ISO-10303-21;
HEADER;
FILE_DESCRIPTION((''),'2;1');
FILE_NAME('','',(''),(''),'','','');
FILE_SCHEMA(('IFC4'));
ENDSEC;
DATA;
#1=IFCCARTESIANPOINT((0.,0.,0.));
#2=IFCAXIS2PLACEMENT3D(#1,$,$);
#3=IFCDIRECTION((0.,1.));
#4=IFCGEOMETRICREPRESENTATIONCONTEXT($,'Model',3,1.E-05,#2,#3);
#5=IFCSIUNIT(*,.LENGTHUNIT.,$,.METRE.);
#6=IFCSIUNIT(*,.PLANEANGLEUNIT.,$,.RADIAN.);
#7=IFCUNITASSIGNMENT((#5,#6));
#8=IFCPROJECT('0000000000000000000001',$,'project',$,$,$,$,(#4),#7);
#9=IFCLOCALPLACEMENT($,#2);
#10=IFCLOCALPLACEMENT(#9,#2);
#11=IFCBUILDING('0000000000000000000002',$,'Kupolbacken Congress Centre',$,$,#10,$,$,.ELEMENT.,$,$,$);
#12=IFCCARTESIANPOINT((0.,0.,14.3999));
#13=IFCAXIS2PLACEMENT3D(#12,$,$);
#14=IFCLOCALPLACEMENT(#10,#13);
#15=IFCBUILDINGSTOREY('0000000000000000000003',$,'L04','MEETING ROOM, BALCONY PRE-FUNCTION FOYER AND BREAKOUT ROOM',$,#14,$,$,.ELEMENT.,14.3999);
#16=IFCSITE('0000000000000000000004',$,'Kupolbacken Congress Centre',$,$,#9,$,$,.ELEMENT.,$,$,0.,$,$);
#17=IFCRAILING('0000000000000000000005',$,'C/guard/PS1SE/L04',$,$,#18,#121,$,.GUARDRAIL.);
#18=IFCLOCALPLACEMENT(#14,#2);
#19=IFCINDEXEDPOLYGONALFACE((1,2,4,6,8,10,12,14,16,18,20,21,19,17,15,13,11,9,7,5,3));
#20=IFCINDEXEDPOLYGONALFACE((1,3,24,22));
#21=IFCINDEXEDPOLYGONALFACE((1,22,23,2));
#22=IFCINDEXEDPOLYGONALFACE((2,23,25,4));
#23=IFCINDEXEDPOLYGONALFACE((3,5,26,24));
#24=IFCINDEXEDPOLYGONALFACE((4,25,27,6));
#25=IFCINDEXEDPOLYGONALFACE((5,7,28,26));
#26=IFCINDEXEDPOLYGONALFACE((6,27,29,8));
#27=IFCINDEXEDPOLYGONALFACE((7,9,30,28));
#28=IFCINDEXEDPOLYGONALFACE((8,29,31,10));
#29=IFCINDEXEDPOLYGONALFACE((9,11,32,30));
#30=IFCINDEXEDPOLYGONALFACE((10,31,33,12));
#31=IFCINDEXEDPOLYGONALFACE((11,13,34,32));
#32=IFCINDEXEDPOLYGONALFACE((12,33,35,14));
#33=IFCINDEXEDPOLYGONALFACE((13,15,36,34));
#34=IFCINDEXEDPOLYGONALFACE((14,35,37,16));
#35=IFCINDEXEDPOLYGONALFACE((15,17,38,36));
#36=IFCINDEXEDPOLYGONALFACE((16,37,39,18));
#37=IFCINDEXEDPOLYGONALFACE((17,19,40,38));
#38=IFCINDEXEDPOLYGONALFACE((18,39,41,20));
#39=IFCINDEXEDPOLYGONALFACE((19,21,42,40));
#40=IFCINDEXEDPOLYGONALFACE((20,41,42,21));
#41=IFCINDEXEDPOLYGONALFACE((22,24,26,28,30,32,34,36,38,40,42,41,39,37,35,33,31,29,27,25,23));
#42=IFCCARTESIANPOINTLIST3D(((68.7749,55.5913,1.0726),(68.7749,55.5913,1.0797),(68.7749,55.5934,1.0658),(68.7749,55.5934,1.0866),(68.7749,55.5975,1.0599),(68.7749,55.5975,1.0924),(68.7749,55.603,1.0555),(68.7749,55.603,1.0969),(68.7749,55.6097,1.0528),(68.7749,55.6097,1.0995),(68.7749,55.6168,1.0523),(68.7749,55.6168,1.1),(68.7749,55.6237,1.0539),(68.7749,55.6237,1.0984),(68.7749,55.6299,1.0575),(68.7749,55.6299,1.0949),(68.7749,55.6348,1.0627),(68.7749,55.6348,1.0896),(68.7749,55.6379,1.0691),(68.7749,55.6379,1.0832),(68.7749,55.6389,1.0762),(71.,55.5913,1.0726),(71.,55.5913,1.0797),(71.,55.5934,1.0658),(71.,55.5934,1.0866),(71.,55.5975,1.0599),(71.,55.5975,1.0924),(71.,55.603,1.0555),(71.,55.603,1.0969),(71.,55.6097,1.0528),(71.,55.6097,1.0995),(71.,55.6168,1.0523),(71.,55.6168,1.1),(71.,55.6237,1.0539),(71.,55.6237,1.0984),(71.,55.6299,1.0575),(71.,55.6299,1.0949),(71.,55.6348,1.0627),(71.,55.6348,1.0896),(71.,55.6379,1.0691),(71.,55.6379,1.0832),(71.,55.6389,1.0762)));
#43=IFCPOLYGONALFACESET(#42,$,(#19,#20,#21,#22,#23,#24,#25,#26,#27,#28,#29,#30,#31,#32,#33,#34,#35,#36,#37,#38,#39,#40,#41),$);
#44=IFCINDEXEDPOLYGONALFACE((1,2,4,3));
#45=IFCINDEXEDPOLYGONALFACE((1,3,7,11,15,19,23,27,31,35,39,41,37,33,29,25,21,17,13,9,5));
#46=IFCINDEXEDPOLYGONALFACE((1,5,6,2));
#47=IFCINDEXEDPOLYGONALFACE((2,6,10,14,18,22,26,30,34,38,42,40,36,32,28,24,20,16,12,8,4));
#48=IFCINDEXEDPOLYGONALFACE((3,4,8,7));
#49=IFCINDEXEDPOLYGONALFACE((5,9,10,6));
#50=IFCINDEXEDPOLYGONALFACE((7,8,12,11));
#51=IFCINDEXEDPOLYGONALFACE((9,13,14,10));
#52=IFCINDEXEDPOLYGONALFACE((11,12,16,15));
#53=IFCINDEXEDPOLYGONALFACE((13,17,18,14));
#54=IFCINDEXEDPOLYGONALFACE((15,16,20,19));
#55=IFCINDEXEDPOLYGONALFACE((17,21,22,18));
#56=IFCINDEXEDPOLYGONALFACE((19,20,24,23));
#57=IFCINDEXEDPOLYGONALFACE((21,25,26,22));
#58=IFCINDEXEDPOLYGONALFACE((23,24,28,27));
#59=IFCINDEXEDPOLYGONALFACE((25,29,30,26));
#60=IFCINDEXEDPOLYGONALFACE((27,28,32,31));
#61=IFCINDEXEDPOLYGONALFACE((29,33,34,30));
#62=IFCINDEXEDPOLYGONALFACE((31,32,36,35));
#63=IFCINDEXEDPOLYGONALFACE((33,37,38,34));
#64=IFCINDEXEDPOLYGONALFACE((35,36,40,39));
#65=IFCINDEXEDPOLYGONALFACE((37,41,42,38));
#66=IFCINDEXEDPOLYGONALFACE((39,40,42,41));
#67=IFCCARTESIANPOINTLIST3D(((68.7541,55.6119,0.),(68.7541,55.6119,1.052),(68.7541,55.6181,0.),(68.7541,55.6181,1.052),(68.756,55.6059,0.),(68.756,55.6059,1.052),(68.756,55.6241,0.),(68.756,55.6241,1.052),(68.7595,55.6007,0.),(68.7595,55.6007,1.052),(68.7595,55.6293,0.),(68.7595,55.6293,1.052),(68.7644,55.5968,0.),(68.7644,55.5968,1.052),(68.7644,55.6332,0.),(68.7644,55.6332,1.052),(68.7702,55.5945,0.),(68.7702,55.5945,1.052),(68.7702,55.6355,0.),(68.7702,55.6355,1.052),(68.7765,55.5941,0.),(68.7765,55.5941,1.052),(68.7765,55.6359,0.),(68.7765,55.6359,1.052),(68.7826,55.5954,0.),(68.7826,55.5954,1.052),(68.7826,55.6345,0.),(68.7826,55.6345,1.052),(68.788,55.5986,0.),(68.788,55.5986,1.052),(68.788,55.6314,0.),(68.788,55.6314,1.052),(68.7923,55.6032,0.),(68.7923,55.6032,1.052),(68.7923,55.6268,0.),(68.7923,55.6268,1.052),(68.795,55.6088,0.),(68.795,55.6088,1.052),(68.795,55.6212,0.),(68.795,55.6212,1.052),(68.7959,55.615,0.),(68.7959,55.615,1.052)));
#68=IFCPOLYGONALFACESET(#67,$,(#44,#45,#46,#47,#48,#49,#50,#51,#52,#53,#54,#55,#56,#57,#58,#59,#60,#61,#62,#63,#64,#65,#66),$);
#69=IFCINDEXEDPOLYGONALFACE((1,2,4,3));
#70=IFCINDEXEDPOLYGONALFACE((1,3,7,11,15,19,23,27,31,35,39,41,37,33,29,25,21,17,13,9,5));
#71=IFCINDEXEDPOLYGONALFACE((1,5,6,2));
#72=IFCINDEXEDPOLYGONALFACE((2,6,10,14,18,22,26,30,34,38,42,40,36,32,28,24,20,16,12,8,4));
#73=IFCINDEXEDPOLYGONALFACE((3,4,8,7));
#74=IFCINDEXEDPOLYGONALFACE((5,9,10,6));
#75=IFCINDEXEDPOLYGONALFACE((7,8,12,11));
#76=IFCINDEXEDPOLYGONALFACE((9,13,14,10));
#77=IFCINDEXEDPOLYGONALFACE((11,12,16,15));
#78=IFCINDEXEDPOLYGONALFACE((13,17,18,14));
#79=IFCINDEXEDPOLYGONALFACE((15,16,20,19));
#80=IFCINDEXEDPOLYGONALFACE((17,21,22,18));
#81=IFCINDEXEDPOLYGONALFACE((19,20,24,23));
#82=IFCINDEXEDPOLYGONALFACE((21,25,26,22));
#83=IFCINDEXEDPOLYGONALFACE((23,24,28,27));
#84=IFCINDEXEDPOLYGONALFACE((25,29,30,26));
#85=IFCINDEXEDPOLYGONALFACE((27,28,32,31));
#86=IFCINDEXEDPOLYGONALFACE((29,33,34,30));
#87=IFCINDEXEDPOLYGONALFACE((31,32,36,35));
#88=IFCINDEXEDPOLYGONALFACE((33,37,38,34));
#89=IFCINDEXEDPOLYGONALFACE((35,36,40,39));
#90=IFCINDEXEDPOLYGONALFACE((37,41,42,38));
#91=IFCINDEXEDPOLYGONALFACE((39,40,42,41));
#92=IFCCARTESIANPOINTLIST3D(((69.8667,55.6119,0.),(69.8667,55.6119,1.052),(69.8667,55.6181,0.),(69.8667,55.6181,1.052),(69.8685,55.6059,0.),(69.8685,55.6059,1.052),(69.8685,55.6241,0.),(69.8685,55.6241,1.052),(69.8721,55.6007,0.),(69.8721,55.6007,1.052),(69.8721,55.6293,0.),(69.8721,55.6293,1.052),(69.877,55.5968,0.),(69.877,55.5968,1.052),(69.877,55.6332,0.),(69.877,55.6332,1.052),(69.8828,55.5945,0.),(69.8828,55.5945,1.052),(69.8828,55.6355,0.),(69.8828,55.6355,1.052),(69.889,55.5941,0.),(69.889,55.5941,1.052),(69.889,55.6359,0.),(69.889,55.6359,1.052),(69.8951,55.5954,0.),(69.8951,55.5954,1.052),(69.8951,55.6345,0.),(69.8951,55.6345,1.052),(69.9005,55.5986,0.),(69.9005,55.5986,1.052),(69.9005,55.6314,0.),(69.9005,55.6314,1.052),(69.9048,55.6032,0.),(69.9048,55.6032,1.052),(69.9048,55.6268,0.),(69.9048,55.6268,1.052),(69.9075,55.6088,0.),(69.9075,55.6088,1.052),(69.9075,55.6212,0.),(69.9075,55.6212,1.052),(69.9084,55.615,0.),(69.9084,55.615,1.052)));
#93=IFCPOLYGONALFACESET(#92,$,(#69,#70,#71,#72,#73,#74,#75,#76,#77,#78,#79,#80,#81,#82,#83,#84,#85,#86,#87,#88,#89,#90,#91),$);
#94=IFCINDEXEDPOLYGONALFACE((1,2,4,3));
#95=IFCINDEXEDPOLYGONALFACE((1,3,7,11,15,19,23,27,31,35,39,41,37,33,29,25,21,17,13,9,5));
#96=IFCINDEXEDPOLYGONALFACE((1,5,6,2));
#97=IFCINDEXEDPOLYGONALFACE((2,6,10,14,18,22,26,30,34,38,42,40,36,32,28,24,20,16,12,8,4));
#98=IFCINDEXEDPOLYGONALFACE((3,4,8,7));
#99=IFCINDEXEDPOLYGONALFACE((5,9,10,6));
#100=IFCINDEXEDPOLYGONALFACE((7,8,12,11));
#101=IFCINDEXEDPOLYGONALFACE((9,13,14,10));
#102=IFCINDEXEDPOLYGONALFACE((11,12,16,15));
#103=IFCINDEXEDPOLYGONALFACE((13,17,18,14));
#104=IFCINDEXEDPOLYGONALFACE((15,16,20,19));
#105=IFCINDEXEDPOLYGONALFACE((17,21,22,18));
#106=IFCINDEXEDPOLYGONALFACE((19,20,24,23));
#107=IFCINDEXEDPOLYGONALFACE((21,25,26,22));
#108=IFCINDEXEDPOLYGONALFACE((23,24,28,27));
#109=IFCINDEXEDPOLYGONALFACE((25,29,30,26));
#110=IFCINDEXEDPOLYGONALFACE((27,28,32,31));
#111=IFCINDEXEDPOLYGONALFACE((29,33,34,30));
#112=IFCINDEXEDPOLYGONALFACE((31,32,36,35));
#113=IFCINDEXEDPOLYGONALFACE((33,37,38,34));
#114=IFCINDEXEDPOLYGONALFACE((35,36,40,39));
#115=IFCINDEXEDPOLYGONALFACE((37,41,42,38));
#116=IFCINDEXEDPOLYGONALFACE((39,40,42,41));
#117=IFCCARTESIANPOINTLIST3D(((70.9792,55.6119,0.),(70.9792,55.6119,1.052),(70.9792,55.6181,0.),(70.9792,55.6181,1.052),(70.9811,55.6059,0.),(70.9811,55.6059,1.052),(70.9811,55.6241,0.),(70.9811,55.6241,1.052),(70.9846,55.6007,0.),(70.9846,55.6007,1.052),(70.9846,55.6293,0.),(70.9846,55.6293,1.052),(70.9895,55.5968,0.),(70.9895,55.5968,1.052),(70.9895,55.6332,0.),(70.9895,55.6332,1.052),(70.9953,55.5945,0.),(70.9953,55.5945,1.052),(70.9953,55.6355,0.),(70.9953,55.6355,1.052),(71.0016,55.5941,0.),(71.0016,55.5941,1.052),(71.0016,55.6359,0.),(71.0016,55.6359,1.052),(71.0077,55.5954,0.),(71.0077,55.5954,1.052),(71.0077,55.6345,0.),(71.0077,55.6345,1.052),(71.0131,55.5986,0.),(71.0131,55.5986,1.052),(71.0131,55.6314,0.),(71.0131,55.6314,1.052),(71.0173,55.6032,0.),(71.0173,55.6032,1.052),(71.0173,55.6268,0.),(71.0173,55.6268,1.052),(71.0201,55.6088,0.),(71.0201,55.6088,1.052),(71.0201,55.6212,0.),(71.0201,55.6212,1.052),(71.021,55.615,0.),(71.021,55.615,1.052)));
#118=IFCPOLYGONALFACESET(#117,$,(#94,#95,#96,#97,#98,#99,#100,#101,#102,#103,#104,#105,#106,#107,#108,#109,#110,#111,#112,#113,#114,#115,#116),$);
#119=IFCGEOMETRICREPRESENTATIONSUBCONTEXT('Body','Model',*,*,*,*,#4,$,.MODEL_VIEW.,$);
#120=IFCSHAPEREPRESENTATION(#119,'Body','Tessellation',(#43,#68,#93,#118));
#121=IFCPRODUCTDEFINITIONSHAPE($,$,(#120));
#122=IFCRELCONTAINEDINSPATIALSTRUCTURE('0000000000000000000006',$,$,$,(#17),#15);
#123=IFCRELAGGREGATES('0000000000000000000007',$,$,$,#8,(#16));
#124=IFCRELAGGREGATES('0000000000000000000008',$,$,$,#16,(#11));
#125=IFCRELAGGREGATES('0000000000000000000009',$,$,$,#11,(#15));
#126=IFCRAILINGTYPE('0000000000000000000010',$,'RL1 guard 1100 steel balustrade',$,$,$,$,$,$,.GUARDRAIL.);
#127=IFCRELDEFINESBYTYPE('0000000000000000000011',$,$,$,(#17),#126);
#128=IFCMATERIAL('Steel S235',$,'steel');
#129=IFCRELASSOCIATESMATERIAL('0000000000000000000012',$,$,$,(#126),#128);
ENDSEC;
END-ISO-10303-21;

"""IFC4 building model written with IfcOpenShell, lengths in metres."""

from ifc_helpers import new_model, si_unit, direction, frame, origin, origin_2d, place, context, subcontext, project, spatial, circle, extrude, material, type_object, element, save


model = new_model("IFC4")

# Units and contexts
model_context = context("Model", 3, precision=1e-05, world=origin(), true_north=direction((0.0, 1.0)))
body_context = subcontext(model_context, "Body", "Model", "MODEL_VIEW")
ifc_project = project(units=[si_unit("LENGTHUNIT", "METRE"), si_unit("PLANEANGLEUNIT", "RADIAN")], contexts=[model_context])

# Site, building, storey
site_placement = place(None, origin())
site = spatial("IfcSite", under=ifc_project, at=site_placement, Name="Kupolbacken Congress Centre", CompositionType="ELEMENT", RefElevation=0.0)
building_placement = place(site_placement, origin())
building = spatial("IfcBuilding", under=site, at=building_placement, Name="Kupolbacken Congress Centre", CompositionType="ELEMENT")
storey_placement = place(building_placement, frame((0.0, 0.0, 14.3999)))
storey = spatial("IfcBuildingStorey", under=building, at=storey_placement, Name="L04", Description="MEETING ROOM, BALCONY PRE-FUNCTION FOYER AND BREAKOUT ROOM", CompositionType="ELEMENT", Elevation=14.3999)

# Railing
ifc_material_1 = material(Name="Steel S235", Category="steel")
railing_type = type_object("IfcRailingType", Name="RL1 guard 1100 steel balustrade", PredefinedType="GUARDRAIL", material=ifc_material_1)
railing_placement = place(storey_placement, frame((68.7749, 55.615, 0.0)))
element("IfcRailing", 1, at=railing_placement, inside=storey, type_object=railing_type, Name="C/guard/PS1SE/L04", PredefinedType="GUARDRAIL", context=body_context, shape_type="SweptSolid", body=[
    extrude(circle(Radius=0.0239, at=origin_2d()), frame((0.0, 0.0, 1.0762), z_axis=(1.0, 0.0, 0.0), x_axis=(0.0, 1.0, 0.0)), (0.0, 0.0, 1.0), 2.2251),
    extrude(circle(Radius=0.021, at=origin_2d()), origin(), (0.0, 0.0, 1.0), 1.052),
    extrude(circle(Radius=0.021, at=origin_2d()), frame((1.1125, 0.0, 0.0)), (0.0, 0.0, 1.0), 1.052),
    extrude(circle(Radius=0.021, at=origin_2d()), frame((2.2251, 0.0, 0.0)), (0.0, 0.0, 1.0), 1.052),
])

save(model, "model.ifc")
